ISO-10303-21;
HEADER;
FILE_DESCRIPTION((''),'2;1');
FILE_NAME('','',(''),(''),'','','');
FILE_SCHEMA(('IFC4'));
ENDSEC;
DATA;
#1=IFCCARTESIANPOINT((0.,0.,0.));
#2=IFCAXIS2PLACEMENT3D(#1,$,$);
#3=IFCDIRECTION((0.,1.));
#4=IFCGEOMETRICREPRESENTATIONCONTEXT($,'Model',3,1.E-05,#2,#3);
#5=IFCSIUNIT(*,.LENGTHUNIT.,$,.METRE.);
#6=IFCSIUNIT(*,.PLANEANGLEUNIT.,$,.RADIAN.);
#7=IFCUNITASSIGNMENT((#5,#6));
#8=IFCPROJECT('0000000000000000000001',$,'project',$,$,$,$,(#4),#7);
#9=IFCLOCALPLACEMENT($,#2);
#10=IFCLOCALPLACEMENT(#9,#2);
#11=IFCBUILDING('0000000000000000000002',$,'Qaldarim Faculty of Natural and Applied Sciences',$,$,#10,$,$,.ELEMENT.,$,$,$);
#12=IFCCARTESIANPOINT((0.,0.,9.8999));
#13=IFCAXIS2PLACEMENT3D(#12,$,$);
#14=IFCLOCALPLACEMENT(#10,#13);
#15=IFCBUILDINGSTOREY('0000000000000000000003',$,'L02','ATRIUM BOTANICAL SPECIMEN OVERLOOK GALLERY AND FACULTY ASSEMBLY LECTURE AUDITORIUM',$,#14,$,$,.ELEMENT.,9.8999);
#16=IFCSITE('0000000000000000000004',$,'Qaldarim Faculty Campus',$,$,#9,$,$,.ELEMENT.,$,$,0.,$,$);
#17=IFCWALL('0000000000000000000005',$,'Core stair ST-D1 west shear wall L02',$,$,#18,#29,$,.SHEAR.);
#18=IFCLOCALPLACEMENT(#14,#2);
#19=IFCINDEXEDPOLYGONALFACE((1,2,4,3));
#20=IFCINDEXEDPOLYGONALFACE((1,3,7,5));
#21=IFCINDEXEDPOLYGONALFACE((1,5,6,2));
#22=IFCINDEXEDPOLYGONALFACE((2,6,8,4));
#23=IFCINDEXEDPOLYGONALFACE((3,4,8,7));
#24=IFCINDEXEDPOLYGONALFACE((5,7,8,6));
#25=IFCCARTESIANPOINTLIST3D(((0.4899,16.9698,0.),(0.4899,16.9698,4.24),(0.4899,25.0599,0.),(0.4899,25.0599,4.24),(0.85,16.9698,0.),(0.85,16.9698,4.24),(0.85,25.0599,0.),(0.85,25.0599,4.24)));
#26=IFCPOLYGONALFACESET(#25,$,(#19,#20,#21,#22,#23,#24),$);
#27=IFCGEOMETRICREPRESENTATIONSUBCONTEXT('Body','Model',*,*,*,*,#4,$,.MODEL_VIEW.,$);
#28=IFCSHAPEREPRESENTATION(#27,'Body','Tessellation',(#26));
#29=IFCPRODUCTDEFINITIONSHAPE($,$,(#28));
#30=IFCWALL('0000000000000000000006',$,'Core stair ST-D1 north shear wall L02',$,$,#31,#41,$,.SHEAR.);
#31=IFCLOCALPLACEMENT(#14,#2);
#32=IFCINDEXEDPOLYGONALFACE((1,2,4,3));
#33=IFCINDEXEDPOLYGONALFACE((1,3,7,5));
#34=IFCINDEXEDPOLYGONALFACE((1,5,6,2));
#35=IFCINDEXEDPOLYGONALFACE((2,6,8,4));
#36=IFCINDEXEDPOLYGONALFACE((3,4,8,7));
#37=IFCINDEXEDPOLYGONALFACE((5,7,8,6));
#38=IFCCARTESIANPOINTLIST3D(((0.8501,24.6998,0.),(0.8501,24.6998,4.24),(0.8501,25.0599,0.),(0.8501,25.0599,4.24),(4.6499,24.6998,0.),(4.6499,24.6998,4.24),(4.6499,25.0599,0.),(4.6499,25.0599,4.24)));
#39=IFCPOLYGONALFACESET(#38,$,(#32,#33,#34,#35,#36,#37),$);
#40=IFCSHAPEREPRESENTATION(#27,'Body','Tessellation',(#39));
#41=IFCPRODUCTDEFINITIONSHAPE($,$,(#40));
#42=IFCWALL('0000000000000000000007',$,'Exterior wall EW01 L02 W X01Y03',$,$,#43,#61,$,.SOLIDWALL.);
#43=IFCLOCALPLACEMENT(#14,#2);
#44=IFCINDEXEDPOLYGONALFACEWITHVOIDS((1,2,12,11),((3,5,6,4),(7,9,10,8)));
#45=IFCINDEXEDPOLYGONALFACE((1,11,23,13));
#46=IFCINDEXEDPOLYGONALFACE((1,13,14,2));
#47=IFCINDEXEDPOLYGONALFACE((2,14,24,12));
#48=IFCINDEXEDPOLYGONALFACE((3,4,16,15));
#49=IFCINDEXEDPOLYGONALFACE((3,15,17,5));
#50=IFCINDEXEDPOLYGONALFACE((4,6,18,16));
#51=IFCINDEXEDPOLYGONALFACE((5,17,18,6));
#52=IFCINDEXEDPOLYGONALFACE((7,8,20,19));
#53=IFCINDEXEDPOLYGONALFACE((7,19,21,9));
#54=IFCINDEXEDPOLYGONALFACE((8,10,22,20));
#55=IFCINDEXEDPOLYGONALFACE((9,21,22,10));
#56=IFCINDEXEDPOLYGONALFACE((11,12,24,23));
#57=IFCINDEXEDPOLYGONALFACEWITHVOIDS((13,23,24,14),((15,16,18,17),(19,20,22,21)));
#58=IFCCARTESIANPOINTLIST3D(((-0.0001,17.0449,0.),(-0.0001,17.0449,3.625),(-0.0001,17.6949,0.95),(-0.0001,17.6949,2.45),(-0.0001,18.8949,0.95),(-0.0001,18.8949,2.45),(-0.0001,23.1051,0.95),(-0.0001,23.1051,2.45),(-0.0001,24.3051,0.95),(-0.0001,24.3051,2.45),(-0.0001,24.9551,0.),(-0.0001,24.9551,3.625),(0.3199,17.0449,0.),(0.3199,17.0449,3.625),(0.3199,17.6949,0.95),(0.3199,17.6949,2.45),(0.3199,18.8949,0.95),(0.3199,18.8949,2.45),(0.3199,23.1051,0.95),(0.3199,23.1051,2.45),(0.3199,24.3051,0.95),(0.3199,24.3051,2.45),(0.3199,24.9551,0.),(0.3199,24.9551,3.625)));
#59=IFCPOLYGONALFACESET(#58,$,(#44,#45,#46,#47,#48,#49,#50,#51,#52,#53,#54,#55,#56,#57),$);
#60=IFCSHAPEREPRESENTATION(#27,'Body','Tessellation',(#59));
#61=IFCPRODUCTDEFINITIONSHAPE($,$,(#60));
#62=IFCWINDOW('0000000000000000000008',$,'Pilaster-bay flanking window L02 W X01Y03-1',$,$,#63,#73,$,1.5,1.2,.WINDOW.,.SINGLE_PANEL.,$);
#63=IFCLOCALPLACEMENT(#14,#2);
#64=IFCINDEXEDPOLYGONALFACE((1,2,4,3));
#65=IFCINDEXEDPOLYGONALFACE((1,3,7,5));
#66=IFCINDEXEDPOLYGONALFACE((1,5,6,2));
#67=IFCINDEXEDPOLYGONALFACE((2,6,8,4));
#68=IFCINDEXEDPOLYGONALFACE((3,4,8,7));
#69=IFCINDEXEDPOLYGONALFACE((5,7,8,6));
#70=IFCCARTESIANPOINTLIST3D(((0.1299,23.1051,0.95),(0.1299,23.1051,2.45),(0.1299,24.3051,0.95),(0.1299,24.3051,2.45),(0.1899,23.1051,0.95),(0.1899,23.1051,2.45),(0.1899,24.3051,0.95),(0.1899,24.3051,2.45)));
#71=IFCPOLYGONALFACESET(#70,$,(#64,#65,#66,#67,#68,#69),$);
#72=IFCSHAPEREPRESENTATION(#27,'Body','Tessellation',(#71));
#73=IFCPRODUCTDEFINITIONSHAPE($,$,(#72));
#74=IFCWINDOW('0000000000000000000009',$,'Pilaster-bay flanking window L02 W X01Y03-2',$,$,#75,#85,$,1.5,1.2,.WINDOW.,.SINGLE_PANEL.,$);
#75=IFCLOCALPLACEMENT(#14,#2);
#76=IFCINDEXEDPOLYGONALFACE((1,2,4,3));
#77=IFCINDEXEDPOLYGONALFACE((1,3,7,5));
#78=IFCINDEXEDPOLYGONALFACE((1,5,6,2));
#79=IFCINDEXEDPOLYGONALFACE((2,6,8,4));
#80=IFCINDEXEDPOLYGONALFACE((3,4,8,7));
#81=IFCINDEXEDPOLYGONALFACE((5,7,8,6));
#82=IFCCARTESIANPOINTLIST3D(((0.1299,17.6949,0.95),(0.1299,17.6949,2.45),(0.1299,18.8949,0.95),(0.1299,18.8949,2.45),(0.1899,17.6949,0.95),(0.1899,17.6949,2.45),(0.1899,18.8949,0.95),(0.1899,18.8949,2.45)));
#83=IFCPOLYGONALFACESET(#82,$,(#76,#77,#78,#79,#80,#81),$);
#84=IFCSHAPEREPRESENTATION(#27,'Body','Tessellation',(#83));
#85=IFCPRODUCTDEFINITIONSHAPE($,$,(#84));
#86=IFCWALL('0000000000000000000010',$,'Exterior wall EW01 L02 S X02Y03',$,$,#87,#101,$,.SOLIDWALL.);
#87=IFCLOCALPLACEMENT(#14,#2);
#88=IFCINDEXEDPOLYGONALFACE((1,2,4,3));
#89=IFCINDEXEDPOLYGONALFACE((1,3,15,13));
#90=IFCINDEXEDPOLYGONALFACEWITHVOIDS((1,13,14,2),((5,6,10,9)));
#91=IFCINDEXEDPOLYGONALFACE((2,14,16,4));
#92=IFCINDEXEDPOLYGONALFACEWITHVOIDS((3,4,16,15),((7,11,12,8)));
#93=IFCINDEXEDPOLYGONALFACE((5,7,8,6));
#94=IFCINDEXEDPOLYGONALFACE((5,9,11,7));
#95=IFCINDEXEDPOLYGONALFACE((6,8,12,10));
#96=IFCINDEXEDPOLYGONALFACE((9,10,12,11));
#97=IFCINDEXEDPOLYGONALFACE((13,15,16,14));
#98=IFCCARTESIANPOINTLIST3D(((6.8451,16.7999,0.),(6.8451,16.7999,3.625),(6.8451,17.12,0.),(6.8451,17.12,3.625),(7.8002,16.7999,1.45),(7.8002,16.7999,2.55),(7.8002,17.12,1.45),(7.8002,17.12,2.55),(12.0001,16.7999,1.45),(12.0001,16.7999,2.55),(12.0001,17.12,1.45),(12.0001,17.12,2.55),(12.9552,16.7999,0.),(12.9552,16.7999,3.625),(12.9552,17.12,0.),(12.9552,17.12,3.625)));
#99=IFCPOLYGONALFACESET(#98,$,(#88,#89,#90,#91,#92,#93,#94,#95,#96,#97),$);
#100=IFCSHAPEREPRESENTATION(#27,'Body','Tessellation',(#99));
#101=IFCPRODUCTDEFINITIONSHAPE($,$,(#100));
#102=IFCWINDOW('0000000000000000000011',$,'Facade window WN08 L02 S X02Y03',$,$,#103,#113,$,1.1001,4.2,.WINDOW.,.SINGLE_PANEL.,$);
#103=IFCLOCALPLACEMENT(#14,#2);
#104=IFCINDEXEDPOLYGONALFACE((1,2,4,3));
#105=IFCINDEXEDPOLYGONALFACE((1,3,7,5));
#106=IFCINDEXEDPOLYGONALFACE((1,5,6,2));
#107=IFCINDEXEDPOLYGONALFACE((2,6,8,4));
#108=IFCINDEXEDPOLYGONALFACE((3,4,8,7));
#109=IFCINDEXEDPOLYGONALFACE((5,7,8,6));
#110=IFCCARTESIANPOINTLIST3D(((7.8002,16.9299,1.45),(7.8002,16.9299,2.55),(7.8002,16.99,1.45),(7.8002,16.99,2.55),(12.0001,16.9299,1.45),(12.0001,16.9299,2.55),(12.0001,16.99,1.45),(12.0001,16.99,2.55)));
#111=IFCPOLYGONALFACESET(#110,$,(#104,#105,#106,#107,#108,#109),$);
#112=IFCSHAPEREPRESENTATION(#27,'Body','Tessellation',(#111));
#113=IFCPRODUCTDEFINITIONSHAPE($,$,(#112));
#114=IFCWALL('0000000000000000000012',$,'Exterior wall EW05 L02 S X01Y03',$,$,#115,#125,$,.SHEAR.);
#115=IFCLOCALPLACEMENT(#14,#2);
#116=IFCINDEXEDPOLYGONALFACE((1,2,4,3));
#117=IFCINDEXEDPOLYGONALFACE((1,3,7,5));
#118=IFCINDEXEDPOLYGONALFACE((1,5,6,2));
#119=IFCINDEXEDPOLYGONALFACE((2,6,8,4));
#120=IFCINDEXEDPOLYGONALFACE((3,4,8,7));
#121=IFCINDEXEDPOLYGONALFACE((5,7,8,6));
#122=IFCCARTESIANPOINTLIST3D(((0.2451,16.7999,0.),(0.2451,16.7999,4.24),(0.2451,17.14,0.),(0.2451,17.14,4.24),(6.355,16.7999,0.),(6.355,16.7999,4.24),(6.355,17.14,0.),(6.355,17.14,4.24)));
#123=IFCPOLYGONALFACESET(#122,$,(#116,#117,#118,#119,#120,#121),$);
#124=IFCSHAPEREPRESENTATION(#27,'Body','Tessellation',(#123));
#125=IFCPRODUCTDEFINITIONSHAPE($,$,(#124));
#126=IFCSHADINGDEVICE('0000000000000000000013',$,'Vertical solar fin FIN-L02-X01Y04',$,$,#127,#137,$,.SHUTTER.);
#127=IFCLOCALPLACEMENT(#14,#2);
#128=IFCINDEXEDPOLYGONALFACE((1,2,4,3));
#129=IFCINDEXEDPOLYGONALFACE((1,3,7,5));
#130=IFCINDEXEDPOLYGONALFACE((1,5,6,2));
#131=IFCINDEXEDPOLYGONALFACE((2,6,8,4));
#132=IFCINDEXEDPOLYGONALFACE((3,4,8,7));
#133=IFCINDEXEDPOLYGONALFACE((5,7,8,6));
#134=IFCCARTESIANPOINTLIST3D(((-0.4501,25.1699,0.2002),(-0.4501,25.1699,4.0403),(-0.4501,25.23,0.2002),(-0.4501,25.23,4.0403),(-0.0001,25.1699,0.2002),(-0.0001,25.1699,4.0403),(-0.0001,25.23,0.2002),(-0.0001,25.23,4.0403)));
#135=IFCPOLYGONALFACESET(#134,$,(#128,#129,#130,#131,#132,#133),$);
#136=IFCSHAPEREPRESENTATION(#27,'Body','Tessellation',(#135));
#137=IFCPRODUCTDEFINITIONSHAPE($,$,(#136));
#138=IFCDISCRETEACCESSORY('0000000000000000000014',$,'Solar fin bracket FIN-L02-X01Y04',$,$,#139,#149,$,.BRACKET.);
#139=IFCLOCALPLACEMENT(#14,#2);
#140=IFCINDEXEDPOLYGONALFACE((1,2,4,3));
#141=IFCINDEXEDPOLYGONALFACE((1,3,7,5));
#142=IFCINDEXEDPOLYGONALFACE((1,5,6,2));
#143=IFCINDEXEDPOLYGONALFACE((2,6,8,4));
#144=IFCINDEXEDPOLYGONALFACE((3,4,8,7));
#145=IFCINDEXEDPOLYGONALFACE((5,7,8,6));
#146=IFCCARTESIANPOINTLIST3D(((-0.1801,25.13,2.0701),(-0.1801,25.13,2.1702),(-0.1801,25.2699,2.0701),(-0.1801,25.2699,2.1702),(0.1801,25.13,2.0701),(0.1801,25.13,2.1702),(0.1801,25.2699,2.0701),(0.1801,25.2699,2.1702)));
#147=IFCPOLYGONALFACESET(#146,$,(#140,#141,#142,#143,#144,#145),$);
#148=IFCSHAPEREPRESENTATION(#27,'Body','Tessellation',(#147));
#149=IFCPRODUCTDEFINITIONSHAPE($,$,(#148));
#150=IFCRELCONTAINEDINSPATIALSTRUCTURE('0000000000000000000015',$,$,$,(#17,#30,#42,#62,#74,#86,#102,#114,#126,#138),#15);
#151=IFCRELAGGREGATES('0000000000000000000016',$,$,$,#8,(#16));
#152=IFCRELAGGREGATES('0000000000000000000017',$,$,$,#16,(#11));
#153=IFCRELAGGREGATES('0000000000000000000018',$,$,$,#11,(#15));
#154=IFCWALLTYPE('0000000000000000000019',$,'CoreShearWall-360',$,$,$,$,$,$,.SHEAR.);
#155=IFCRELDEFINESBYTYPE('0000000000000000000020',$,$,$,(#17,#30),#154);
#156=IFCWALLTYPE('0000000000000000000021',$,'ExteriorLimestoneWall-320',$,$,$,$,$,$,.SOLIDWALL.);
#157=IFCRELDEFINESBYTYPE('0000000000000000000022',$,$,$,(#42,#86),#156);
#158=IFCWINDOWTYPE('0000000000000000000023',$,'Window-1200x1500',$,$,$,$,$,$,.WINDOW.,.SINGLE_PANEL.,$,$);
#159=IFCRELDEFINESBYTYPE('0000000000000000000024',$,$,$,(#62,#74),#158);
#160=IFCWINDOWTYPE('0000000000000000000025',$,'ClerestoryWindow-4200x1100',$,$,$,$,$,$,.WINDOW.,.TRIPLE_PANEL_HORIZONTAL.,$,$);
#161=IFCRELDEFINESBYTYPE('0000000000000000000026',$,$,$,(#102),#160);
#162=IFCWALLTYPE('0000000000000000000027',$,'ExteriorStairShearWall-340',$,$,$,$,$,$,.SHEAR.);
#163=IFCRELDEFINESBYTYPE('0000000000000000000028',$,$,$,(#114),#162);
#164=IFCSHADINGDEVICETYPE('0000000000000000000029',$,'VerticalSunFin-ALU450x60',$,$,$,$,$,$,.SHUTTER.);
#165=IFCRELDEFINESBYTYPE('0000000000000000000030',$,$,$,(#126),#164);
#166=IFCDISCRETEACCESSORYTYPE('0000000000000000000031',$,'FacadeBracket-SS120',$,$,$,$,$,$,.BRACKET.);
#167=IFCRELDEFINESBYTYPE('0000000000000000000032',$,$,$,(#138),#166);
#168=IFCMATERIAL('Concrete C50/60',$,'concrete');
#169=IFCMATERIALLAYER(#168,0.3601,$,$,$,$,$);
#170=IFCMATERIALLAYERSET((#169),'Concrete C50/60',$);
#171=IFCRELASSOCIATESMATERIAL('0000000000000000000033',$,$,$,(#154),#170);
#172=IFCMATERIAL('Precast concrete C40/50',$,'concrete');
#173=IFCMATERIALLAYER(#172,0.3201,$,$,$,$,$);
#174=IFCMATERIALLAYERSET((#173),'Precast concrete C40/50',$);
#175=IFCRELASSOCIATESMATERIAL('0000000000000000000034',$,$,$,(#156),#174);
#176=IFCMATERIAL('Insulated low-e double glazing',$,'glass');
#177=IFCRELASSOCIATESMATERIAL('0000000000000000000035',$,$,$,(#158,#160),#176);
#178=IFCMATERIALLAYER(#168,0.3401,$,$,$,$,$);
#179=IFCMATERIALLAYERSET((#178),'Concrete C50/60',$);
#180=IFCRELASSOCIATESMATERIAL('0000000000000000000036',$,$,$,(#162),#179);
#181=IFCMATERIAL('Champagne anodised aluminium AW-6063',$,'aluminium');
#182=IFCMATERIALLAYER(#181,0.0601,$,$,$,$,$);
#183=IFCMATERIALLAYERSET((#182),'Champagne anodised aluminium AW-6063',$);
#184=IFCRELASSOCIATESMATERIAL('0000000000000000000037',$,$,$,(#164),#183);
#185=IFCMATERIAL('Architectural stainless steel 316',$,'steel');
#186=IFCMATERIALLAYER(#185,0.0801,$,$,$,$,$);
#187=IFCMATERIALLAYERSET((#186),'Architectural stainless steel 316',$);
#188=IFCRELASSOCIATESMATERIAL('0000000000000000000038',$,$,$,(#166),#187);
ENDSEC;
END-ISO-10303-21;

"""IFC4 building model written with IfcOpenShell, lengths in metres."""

from ifc_helpers import new_model, si_unit, direction, frame, frame_2d, origin, origin_2d, place, context, subcontext, project, spatial, rectangle, extrude, material, layer, layer_set, type_object, element, fill, save


model = new_model("IFC4")

# Units and contexts
model_context = context("Model", 3, precision=1e-05, world=origin(), true_north=direction((0.0, 1.0)))
body_context = subcontext(model_context, "Body", "Model", "MODEL_VIEW")
ifc_project = project(units=[si_unit("LENGTHUNIT", "METRE"), si_unit("PLANEANGLEUNIT", "RADIAN")], contexts=[model_context])

# Site, building, storey
site_placement = place(None, origin())
site = spatial("IfcSite", under=ifc_project, at=site_placement, Name="Qaldarim Faculty Campus", CompositionType="ELEMENT", RefElevation=0.0)
building_placement = place(site_placement, origin())
building = spatial("IfcBuilding", under=site, at=building_placement, Name="Qaldarim Faculty of Natural and Applied Sciences", CompositionType="ELEMENT")
storey_placement = place(building_placement, frame((0.0, 0.0, 9.8999)))
storey = spatial("IfcBuildingStorey", under=building, at=storey_placement, Name="L02", Description="ATRIUM BOTANICAL SPECIMEN OVERLOOK GALLERY AND FACULTY ASSEMBLY LECTURE AUDITORIUM", CompositionType="ELEMENT", Elevation=9.8999)

# Shared definitions
ifc_material_1 = material(Name="Concrete C50/60", Category="concrete")

# Shared definitions
ifc_material_2 = material(Name="Precast concrete C40/50", Category="concrete")

# Wall
ifc_layer_1 = layer(ifc_material_1, 0.3601)
ifc_layer_set_1 = layer_set([ifc_layer_1], Name="Concrete C50/60")
wall_type_1 = type_object("IfcWallType", Name="CoreShearWall-360", PredefinedType="SHEAR", material=ifc_layer_set_1)
wall_1_placement = place(storey_placement, frame((0.6699, 16.97, 0.0), z_axis=(0.0, 0.0, 1.0), x_axis=(0.0, 1.0, 0.0)))
element("IfcWall", 1, at=wall_1_placement, inside=storey, type_object=wall_type_1, Name="Core stair ST-D1 west shear wall L02", PredefinedType="SHEAR", context=body_context, shape_type="SweptSolid", body=[
    extrude(rectangle(XDim=8.0901, YDim=0.3601, at=frame_2d((4.0449, 0.0))), origin(), (0.0, 0.0, 1.0), 4.24),
])

# Shared definitions
ifc_material_3 = material(Name="Architectural stainless steel 316", Category="steel")

# Wall
wall_2_placement = place(storey_placement, frame((0.8501, 24.8799, 0.0), z_axis=(0.0, 0.0, 1.0), x_axis=(1.0, 0.0, 0.0)))
element("IfcWall", 2, at=wall_2_placement, inside=storey, type_object=wall_type_1, Name="Core stair ST-D1 north shear wall L02", PredefinedType="SHEAR", context=body_context, shape_type="SweptSolid", body=[
    extrude(rectangle(XDim=3.7998, YDim=0.3601, at=frame_2d((1.8999, 0.0))), origin(), (0.0, 0.0, 1.0), 4.24),
])

# Wall, openings, windows
ifc_layer_2 = layer(ifc_material_2, 0.3201)
ifc_layer_set_2 = layer_set([ifc_layer_2], Name="Precast concrete C40/50")
wall_type_2 = type_object("IfcWallType", Name="ExteriorLimestoneWall-320", PredefinedType="SOLIDWALL", material=ifc_layer_set_2)
wall_3_placement = place(storey_placement, frame((0.1599, 24.9551, 0.0), z_axis=(0.0, 0.0, 1.0), x_axis=(0.0, -1.0, 0.0)))
wall_3 = element("IfcWall", 3, at=wall_3_placement, inside=storey, type_object=wall_type_2, Name="Exterior wall EW01 L02 W X01Y03", PredefinedType="SOLIDWALL", context=body_context, shape_type="SweptSolid", body=[
    extrude(rectangle(XDim=7.9102, YDim=0.3201, at=frame_2d((3.9551, 0.0))), origin(), (0.0, 0.0, 1.0), 3.625),
])
opening_1_placement = place(wall_3_placement, frame((0.6499, 0.0, 0.95)))
opening_1 = element("IfcOpeningElement", 4, at=opening_1_placement, cuts=wall_3, PredefinedType="OPENING", context=body_context, shape_type="SweptSolid", body=[
    extrude(rectangle(XDim=1.2, YDim=1.5, at=frame_2d((0.6001, 0.75))), frame((0.0, 0.1699, 0.0), z_axis=(0.0, -1.0, 0.0), x_axis=(1.0, 0.0, 0.0)), (0.0, 0.0, 1.0), 0.3401),
])
opening_2_placement = place(wall_3_placement, frame((6.0601, 0.0, 0.95)))
opening_2 = element("IfcOpeningElement", 5, at=opening_2_placement, cuts=wall_3, PredefinedType="OPENING", context=body_context, shape_type="SweptSolid", body=[
    extrude(rectangle(XDim=1.2, YDim=1.5, at=frame_2d((0.6001, 0.75))), frame((0.0, 0.1699, 0.0), z_axis=(0.0, -1.0, 0.0), x_axis=(1.0, 0.0, 0.0)), (0.0, 0.0, 1.0), 0.3401),
])
ifc_material_4 = material(Name="Insulated low-e double glazing", Category="glass")
window_type_1 = type_object("IfcWindowType", Name="Window-1200x1500", PartitioningType="SINGLE_PANEL", PredefinedType="WINDOW", material=ifc_material_4)
window_1_placement = place(opening_1_placement, origin())
window_1 = element("IfcWindow", 6, at=window_1_placement, inside=storey, type_object=window_type_1, Name="Pilaster-bay flanking window L02 W X01Y03-1", OverallHeight=1.5, OverallWidth=1.2, PartitioningType="SINGLE_PANEL", PredefinedType="WINDOW", context=body_context, shape_type="SweptSolid", body=[
    extrude(rectangle(XDim=1.2, YDim=1.5, at=frame_2d((0.6001, 0.75))), frame((0.0, 0.03, 0.0), z_axis=(0.0, -1.0, 0.0), x_axis=(1.0, 0.0, 0.0)), (0.0, 0.0, 1.0), 0.0601),
])
fill(opening_1, window_1)
window_2_placement = place(opening_2_placement, origin())
window_2 = element("IfcWindow", 7, at=window_2_placement, inside=storey, type_object=window_type_1, Name="Pilaster-bay flanking window L02 W X01Y03-2", OverallHeight=1.5, OverallWidth=1.2, PartitioningType="SINGLE_PANEL", PredefinedType="WINDOW", context=body_context, shape_type="SweptSolid", body=[
    extrude(rectangle(XDim=1.2, YDim=1.5, at=frame_2d((0.6001, 0.75))), frame((0.0, 0.03, 0.0), z_axis=(0.0, -1.0, 0.0), x_axis=(1.0, 0.0, 0.0)), (0.0, 0.0, 1.0), 0.0601),
])
fill(opening_2, window_2)

# Wall, opening, window
wall_4_placement = place(storey_placement, frame((6.845, 16.96, 0.0), z_axis=(0.0, 0.0, 1.0), x_axis=(1.0, 0.0, 0.0)))
wall_4 = element("IfcWall", 8, at=wall_4_placement, inside=storey, type_object=wall_type_2, Name="Exterior wall EW01 L02 S X02Y03", PredefinedType="SOLIDWALL", context=body_context, shape_type="SweptSolid", body=[
    extrude(rectangle(XDim=6.1101, YDim=0.3201, at=frame_2d((3.0552, 0.0))), origin(), (0.0, 0.0, 1.0), 3.625),
])
opening_3_placement = place(wall_4_placement, frame((0.9551, 0.0, 1.45)))
opening_3 = element("IfcOpeningElement", 9, at=opening_3_placement, cuts=wall_4, PredefinedType="OPENING", context=body_context, shape_type="SweptSolid", body=[
    extrude(rectangle(XDim=4.2, YDim=1.1001, at=frame_2d((2.1001, 0.55))), frame((0.0, 0.1699, 0.0), z_axis=(0.0, -1.0, 0.0), x_axis=(1.0, 0.0, 0.0)), (0.0, 0.0, 1.0), 0.3401),
])
window_type_2 = type_object("IfcWindowType", Name="ClerestoryWindow-4200x1100", PartitioningType="TRIPLE_PANEL_HORIZONTAL", PredefinedType="WINDOW", material=ifc_material_4)
window_3_placement = place(opening_3_placement, origin())
window_3 = element("IfcWindow", 10, at=window_3_placement, inside=storey, type_object=window_type_2, Name="Facade window WN08 L02 S X02Y03", OverallHeight=1.1001, OverallWidth=4.2, PartitioningType="SINGLE_PANEL", PredefinedType="WINDOW", context=body_context, shape_type="SweptSolid", body=[
    extrude(rectangle(XDim=4.2, YDim=1.1001, at=frame_2d((2.1001, 0.55))), frame((0.0, 0.03, 0.0), z_axis=(0.0, -1.0, 0.0), x_axis=(1.0, 0.0, 0.0)), (0.0, 0.0, 1.0), 0.0601),
])
fill(opening_3, window_3)

# Wall
ifc_layer_3 = layer(ifc_material_1, 0.3401)
ifc_layer_set_3 = layer_set([ifc_layer_3], Name="Concrete C50/60")
wall_type_3 = type_object("IfcWallType", Name="ExteriorStairShearWall-340", PredefinedType="SHEAR", material=ifc_layer_set_3)
wall_5_placement = place(storey_placement, frame((0.2451, 16.97, 0.0), z_axis=(0.0, 0.0, 1.0), x_axis=(1.0, 0.0, 0.0)))
element("IfcWall", 11, at=wall_5_placement, inside=storey, type_object=wall_type_3, Name="Exterior wall EW05 L02 S X01Y03", PredefinedType="SHEAR", context=body_context, shape_type="SweptSolid", body=[
    extrude(rectangle(XDim=6.1099, YDim=0.3401, at=frame_2d((3.0549, 0.0))), origin(), (0.0, 0.0, 1.0), 4.24),
])

# Shading device
ifc_material_5 = material(Name="Champagne anodised aluminium AW-6063", Category="aluminium")
ifc_layer_4 = layer(ifc_material_5, 0.0601)
ifc_layer_set_4 = layer_set([ifc_layer_4], Name="Champagne anodised aluminium AW-6063")
shading_device_type = type_object("IfcShadingDeviceType", Name="VerticalSunFin-ALU450x60", PredefinedType="SHUTTER", material=ifc_layer_set_4)
shading_device_placement = place(storey_placement, frame((-0.2251, 25.2, 0.2002), z_axis=(0.0, 0.0, 1.0), x_axis=(1.0, 0.0, 0.0)))
element("IfcShadingDevice", 12, at=shading_device_placement, inside=storey, type_object=shading_device_type, Name="Vertical solar fin FIN-L02-X01Y04", PredefinedType="SHUTTER", context=body_context, shape_type="SweptSolid", body=[
    extrude(rectangle(XDim=0.45, YDim=0.0601, at=origin_2d()), origin(), (0.0, 0.0, 1.0), 3.8401),
])

# Discrete accessory
ifc_layer_5 = layer(ifc_material_3, 0.0801)
ifc_layer_set_5 = layer_set([ifc_layer_5], Name="Architectural stainless steel 316")
discrete_accessory_type = type_object("IfcDiscreteAccessoryType", Name="FacadeBracket-SS120", PredefinedType="BRACKET", material=ifc_layer_set_5)
discrete_accessory_placement = place(storey_placement, frame((0.0, 25.2, 2.0701), z_axis=(0.0, 0.0, 1.0), x_axis=(1.0, 0.0, 0.0)))
element("IfcDiscreteAccessory", 13, at=discrete_accessory_placement, inside=storey, type_object=discrete_accessory_type, Name="Solar fin bracket FIN-L02-X01Y04", PredefinedType="BRACKET", context=body_context, shape_type="SweptSolid", body=[
    extrude(rectangle(XDim=0.3601, YDim=0.1399, at=origin_2d()), origin(), (0.0, 0.0, 1.0), 0.1001),
])

save(model, "model.ifc")
